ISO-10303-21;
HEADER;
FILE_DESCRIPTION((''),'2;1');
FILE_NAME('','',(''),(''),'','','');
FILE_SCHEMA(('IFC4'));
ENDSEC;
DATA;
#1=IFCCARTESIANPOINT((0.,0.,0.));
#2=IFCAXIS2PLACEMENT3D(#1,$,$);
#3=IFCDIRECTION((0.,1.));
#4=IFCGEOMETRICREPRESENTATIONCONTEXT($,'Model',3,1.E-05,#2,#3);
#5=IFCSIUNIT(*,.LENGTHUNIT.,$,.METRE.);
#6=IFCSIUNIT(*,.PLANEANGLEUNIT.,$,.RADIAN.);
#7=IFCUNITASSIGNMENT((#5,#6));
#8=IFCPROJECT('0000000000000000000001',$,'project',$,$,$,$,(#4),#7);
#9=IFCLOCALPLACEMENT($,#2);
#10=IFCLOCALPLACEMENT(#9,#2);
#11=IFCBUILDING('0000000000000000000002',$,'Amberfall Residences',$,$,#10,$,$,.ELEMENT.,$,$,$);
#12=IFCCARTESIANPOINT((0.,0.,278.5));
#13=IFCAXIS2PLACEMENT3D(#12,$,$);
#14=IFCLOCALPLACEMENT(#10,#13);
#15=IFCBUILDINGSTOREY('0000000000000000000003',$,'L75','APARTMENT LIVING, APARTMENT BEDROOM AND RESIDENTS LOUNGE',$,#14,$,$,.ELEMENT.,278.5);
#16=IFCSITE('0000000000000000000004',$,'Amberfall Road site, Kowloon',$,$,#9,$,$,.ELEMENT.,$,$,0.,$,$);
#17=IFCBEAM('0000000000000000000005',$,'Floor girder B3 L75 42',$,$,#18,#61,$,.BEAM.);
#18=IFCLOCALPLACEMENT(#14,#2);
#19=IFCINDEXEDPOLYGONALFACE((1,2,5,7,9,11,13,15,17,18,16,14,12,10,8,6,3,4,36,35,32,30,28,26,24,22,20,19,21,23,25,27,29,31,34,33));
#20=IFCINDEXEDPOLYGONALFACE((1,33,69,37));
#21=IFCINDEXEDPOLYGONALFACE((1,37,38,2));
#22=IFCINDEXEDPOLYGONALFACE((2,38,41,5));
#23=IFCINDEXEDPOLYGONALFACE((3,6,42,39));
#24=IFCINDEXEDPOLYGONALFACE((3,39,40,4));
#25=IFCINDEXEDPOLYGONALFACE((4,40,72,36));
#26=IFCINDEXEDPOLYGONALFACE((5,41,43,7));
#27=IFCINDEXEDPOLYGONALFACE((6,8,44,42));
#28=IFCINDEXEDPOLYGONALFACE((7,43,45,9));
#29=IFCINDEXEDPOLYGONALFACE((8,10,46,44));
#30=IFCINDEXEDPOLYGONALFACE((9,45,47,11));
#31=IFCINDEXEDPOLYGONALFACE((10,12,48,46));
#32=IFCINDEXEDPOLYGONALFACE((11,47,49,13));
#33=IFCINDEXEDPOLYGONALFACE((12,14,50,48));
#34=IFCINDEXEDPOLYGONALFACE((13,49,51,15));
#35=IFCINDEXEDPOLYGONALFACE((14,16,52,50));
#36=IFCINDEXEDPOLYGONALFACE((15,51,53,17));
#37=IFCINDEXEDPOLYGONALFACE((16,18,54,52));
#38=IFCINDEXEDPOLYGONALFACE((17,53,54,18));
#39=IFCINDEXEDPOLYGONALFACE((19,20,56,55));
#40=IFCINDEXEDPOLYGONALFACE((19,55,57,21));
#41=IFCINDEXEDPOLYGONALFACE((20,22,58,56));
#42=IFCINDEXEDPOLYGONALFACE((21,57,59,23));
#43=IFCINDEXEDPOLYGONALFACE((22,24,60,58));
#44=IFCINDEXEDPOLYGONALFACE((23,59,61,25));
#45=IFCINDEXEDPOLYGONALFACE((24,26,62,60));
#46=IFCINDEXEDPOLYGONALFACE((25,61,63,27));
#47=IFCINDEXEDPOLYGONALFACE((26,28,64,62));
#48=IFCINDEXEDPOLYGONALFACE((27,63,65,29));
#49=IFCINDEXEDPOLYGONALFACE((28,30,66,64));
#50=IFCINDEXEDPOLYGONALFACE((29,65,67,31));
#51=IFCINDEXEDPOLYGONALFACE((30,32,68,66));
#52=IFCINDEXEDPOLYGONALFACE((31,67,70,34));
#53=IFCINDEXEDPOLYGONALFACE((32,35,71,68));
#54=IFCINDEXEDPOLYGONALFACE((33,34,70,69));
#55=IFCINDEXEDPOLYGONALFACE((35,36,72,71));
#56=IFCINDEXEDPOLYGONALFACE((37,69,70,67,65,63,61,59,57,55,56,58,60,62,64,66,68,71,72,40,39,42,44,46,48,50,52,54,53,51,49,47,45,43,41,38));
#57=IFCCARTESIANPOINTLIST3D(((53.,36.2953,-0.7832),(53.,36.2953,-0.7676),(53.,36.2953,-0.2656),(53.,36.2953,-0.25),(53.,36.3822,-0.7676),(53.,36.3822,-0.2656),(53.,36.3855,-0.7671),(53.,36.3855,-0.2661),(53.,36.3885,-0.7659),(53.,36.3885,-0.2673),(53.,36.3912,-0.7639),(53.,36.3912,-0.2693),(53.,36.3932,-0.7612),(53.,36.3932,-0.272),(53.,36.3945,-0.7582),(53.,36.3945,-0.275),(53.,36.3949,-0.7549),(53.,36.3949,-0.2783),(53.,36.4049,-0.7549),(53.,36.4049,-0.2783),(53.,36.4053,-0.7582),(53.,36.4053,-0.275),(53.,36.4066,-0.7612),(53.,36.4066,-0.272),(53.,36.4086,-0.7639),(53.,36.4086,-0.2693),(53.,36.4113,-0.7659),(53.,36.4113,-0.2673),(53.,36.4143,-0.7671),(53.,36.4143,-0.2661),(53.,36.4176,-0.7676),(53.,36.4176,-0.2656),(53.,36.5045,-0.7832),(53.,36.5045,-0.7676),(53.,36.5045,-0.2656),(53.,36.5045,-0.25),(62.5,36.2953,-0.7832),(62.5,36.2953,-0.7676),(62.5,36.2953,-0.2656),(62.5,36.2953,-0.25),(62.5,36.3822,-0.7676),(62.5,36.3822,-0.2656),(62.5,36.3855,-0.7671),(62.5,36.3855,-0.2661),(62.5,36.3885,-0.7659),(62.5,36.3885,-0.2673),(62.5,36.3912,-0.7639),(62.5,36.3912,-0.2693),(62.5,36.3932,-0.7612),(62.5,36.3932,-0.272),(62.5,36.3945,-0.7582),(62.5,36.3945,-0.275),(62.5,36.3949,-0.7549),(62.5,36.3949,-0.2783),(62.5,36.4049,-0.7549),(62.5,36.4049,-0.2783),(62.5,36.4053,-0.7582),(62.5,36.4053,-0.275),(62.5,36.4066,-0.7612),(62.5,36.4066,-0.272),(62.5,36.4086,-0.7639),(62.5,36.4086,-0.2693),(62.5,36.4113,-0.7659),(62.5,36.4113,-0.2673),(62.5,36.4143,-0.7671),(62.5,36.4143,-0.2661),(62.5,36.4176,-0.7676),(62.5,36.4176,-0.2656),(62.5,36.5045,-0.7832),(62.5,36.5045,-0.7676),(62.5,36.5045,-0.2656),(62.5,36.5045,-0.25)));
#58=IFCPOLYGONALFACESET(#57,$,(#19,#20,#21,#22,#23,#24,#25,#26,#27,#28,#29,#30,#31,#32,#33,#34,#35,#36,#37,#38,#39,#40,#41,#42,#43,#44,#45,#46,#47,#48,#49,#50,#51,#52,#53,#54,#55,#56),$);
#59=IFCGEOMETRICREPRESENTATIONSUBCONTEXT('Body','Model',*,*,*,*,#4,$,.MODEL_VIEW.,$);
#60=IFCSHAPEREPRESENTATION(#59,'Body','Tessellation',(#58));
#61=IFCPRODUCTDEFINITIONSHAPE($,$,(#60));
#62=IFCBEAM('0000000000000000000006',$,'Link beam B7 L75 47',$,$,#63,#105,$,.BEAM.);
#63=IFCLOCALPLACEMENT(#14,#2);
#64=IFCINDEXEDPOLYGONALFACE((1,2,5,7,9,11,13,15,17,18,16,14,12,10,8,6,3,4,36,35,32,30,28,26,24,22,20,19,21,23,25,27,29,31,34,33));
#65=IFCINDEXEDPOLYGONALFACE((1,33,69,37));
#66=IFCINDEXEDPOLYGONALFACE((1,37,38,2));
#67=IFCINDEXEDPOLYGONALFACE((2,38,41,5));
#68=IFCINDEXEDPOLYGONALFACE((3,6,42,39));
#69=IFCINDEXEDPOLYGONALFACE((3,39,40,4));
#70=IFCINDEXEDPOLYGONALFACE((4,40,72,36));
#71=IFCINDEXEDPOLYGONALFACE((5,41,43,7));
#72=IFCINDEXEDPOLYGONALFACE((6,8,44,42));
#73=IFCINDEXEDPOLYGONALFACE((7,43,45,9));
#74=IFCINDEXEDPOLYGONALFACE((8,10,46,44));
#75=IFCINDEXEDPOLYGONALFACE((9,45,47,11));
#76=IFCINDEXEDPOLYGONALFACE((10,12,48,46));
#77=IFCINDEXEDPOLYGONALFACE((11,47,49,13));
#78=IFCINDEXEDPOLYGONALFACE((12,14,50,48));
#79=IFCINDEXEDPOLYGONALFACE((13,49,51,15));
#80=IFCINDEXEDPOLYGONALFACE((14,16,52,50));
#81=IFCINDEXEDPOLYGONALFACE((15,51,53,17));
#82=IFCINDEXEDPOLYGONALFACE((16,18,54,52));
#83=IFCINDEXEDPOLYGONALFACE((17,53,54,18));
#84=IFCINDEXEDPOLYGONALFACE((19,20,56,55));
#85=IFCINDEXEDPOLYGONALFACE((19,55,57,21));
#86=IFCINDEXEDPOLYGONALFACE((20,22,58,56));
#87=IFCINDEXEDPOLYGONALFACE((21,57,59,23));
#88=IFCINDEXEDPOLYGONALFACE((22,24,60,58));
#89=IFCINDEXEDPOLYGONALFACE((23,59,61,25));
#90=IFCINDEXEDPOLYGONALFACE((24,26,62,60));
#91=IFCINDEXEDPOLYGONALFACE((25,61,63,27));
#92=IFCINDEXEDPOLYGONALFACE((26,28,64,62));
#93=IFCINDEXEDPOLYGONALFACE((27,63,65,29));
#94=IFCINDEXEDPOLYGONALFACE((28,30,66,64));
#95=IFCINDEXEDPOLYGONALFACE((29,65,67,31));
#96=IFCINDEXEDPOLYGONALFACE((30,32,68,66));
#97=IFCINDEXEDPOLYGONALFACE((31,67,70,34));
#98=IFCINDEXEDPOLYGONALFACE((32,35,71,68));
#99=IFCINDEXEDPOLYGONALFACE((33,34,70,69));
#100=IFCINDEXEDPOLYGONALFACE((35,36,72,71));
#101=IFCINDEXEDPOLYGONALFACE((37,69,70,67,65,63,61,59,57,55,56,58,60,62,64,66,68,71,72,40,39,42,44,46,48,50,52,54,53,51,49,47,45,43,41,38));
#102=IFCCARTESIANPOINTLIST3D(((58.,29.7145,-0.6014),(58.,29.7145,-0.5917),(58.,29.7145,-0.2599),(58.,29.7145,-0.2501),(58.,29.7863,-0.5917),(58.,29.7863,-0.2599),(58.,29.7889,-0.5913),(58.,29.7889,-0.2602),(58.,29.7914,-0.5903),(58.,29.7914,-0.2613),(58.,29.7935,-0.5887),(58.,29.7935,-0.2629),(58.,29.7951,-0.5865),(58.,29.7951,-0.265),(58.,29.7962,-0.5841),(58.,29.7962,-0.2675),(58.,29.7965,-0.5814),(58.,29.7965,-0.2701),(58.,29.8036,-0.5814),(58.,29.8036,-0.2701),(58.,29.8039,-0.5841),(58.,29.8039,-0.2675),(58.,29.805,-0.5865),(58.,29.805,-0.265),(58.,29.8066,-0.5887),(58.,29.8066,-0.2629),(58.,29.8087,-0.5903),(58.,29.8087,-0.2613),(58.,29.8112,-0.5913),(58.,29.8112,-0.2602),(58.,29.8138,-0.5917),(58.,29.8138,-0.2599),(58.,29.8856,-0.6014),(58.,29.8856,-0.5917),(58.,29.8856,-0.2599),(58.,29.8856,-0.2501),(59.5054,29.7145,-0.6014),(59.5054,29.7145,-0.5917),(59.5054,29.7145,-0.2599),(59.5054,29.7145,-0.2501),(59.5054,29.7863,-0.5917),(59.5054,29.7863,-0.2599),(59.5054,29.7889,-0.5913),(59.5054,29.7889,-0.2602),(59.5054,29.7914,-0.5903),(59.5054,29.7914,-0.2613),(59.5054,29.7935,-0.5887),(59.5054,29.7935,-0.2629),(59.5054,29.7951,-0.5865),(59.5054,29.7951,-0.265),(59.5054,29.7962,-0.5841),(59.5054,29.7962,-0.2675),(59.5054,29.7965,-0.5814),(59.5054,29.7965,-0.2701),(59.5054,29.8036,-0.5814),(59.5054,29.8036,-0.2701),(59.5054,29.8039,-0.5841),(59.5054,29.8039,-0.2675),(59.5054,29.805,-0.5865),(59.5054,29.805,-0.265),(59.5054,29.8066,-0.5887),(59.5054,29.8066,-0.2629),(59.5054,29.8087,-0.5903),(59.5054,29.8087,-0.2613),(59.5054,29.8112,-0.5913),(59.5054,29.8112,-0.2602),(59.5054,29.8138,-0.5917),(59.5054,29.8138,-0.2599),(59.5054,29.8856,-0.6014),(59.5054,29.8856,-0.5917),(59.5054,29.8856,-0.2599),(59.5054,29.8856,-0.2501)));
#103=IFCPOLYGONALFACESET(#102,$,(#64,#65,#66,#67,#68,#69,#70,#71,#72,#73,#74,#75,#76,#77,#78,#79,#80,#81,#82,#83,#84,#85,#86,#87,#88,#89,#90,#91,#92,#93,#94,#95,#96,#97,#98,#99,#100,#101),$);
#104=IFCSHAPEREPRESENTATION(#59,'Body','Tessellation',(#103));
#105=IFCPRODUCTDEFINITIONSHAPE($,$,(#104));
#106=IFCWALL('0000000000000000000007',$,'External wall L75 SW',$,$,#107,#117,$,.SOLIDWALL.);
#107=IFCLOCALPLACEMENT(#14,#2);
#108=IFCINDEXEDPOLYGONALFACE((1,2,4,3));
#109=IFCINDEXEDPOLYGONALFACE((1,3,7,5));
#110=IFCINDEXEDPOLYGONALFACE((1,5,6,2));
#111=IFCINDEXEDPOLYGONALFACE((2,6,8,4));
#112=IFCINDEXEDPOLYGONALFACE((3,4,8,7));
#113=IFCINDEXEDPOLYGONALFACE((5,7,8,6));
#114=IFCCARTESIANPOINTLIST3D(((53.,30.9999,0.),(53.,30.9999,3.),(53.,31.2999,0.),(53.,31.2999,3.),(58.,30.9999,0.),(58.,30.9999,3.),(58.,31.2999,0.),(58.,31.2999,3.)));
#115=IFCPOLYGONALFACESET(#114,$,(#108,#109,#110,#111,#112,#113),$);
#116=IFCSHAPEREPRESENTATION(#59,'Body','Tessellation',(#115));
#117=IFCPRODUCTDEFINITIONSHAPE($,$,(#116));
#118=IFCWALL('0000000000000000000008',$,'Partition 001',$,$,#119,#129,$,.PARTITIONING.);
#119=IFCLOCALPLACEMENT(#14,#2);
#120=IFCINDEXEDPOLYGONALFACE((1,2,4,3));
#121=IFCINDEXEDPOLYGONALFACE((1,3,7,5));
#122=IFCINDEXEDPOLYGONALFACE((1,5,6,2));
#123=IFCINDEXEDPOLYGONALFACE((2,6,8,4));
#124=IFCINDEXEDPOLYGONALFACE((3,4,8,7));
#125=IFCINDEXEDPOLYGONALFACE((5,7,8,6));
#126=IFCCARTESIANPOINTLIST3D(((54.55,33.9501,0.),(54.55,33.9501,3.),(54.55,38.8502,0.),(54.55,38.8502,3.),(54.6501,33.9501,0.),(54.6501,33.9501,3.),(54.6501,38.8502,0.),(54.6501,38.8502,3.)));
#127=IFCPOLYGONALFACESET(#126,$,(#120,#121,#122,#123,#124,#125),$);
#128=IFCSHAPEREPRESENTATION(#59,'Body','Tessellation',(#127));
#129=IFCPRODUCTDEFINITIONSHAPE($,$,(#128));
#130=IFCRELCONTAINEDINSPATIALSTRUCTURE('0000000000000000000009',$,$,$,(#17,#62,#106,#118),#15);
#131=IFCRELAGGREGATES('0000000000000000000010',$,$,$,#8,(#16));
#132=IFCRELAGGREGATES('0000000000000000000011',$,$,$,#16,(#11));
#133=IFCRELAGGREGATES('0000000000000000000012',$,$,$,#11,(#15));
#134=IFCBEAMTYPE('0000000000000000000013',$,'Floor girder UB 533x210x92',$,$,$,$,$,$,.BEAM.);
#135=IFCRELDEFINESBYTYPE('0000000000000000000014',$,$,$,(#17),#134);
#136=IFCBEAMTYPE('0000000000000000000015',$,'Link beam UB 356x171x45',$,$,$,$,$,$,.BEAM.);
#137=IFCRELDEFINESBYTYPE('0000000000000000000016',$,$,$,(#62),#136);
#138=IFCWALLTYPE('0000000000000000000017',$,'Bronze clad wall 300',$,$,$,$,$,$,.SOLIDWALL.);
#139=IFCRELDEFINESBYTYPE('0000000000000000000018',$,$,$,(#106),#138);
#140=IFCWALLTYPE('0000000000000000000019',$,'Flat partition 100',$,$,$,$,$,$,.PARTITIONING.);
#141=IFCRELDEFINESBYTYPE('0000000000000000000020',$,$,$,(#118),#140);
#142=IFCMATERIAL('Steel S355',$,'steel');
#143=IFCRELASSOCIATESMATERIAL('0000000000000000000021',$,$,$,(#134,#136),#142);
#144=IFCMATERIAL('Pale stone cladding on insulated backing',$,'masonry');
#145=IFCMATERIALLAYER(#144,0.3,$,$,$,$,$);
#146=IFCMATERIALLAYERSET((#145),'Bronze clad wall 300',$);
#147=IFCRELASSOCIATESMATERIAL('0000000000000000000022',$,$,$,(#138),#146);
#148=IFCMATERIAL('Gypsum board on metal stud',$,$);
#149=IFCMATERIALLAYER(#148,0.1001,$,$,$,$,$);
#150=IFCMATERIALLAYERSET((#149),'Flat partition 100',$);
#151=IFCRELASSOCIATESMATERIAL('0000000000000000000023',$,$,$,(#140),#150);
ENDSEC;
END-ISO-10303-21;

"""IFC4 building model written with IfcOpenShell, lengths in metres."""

from ifc_helpers import new_model, si_unit, direction, frame, frame_2d, origin, origin_2d, place, context, subcontext, project, spatial, rectangle, i_section, extrude, material, layer, layer_set, material_profile, profile_set, type_object, element, save


model = new_model("IFC4")

# Units and contexts
model_context = context("Model", 3, precision=1e-05, world=origin(), true_north=direction((0.0, 1.0)))
body_context = subcontext(model_context, "Body", "Model", "MODEL_VIEW")
ifc_project = project(units=[si_unit("LENGTHUNIT", "METRE"), si_unit("PLANEANGLEUNIT", "RADIAN")], contexts=[model_context])

# Site, building, storey
site_placement = place(None, origin())
site = spatial("IfcSite", under=ifc_project, at=site_placement, Name="Amberfall Road site, Kowloon", CompositionType="ELEMENT", RefElevation=0.0)
building_placement = place(site_placement, origin())
building = spatial("IfcBuilding", under=site, at=building_placement, Name="Amberfall Residences", CompositionType="ELEMENT")
storey_placement = place(building_placement, frame((0.0, 0.0, 278.5)))
storey = spatial("IfcBuildingStorey", under=building, at=storey_placement, Name="L75", Description="APARTMENT LIVING, APARTMENT BEDROOM AND RESIDENTS LOUNGE", CompositionType="ELEMENT", Elevation=278.5)

# Beams
ifc_material_1 = material(Name="Steel S355", Category="steel")
ifc_material_profile_1 = material_profile(ifc_material_1, i_section(OverallWidth=0.2092, OverallDepth=0.5332, WebThickness=0.01, FlangeThickness=0.0156, FilletRadius=0.0127, at=origin_2d()), Name="UB 533x210x92")
ifc_profile_set_1 = profile_set([ifc_material_profile_1], Name="Steel S355")
beam_type_1 = type_object("IfcBeamType", Name="Floor girder UB 533x210x92", PredefinedType="BEAM", material=ifc_profile_set_1)
beam_1_placement = place(storey_placement, frame((53.0, 36.3999, -0.5166), z_axis=(1.0, 0.0, 0.0), x_axis=(0.0, 1.0, 0.0)))
element("IfcBeam", 1, at=beam_1_placement, inside=storey, type_object=beam_type_1, Name="Floor girder B3 L75 42", PredefinedType="BEAM", context=body_context, shape_type="SweptSolid", body=[
    extrude(i_section(OverallWidth=0.2092, OverallDepth=0.5332, WebThickness=0.01, FlangeThickness=0.0156, FilletRadius=0.0127, at=origin_2d()), origin(), (0.0, 0.0, 1.0), 9.5),
])
ifc_material_profile_2 = material_profile(ifc_material_1, i_section(OverallWidth=0.1711, OverallDepth=0.3513, WebThickness=0.0071, FlangeThickness=0.0098, FilletRadius=0.0103, at=origin_2d()), Name="UB 356x171x45")
ifc_profile_set_2 = profile_set([ifc_material_profile_2], Name="Steel S355")
beam_type_2 = type_object("IfcBeamType", Name="Link beam UB 356x171x45", PredefinedType="BEAM", material=ifc_profile_set_2)
beam_2_placement = place(storey_placement, frame((58.0, 29.8, -0.4258), z_axis=(1.0, 0.0, 0.0), x_axis=(0.0, 1.0, 0.0)))
element("IfcBeam", 2, at=beam_2_placement, inside=storey, type_object=beam_type_2, Name="Link beam B7 L75 47", PredefinedType="BEAM", context=body_context, shape_type="SweptSolid", body=[
    extrude(i_section(OverallWidth=0.1711, OverallDepth=0.3513, WebThickness=0.0071, FlangeThickness=0.0098, FilletRadius=0.0103, at=origin_2d()), origin(), (0.0, 0.0, 1.0), 1.5054),
])

# Walls
ifc_material_2 = material(Name="Pale stone cladding on insulated backing", Category="masonry")
ifc_layer_1 = layer(ifc_material_2, 0.3)
ifc_layer_set_1 = layer_set([ifc_layer_1], Name="Bronze clad wall 300")
wall_type_1 = type_object("IfcWallType", Name="Bronze clad wall 300", PredefinedType="SOLIDWALL", material=ifc_layer_set_1)
wall_1_placement = place(storey_placement, frame((53.0, 31.1499, 0.0), z_axis=(0.0, 0.0, 1.0), x_axis=(1.0, 0.0, 0.0)))
element("IfcWall", 3, at=wall_1_placement, inside=storey, type_object=wall_type_1, Name="External wall L75 SW", PredefinedType="SOLIDWALL", context=body_context, shape_type="SweptSolid", body=[
    extrude(rectangle(XDim=5.0, YDim=0.3, at=frame_2d((2.5, 0.0))), origin(), (0.0, 0.0, 1.0), 3.0),
])
ifc_material_3 = material(Name="Gypsum board on metal stud")
ifc_layer_2 = layer(ifc_material_3, 0.1001)
ifc_layer_set_2 = layer_set([ifc_layer_2], Name="Flat partition 100")
wall_type_2 = type_object("IfcWallType", Name="Flat partition 100", PredefinedType="PARTITIONING", material=ifc_layer_set_2)
wall_2_placement = place(storey_placement, frame((54.6001, 33.95, 0.0), z_axis=(0.0, 0.0, 1.0), x_axis=(0.0, 1.0, 0.0)))
element("IfcWall", 4, at=wall_2_placement, inside=storey, type_object=wall_type_2, Name="Partition 001", PredefinedType="PARTITIONING", context=body_context, shape_type="SweptSolid", body=[
    extrude(rectangle(XDim=4.9001, YDim=0.1001, at=frame_2d((2.4502, 0.0))), origin(), (0.0, 0.0, 1.0), 3.0),
])

save(model, "model.ifc")
